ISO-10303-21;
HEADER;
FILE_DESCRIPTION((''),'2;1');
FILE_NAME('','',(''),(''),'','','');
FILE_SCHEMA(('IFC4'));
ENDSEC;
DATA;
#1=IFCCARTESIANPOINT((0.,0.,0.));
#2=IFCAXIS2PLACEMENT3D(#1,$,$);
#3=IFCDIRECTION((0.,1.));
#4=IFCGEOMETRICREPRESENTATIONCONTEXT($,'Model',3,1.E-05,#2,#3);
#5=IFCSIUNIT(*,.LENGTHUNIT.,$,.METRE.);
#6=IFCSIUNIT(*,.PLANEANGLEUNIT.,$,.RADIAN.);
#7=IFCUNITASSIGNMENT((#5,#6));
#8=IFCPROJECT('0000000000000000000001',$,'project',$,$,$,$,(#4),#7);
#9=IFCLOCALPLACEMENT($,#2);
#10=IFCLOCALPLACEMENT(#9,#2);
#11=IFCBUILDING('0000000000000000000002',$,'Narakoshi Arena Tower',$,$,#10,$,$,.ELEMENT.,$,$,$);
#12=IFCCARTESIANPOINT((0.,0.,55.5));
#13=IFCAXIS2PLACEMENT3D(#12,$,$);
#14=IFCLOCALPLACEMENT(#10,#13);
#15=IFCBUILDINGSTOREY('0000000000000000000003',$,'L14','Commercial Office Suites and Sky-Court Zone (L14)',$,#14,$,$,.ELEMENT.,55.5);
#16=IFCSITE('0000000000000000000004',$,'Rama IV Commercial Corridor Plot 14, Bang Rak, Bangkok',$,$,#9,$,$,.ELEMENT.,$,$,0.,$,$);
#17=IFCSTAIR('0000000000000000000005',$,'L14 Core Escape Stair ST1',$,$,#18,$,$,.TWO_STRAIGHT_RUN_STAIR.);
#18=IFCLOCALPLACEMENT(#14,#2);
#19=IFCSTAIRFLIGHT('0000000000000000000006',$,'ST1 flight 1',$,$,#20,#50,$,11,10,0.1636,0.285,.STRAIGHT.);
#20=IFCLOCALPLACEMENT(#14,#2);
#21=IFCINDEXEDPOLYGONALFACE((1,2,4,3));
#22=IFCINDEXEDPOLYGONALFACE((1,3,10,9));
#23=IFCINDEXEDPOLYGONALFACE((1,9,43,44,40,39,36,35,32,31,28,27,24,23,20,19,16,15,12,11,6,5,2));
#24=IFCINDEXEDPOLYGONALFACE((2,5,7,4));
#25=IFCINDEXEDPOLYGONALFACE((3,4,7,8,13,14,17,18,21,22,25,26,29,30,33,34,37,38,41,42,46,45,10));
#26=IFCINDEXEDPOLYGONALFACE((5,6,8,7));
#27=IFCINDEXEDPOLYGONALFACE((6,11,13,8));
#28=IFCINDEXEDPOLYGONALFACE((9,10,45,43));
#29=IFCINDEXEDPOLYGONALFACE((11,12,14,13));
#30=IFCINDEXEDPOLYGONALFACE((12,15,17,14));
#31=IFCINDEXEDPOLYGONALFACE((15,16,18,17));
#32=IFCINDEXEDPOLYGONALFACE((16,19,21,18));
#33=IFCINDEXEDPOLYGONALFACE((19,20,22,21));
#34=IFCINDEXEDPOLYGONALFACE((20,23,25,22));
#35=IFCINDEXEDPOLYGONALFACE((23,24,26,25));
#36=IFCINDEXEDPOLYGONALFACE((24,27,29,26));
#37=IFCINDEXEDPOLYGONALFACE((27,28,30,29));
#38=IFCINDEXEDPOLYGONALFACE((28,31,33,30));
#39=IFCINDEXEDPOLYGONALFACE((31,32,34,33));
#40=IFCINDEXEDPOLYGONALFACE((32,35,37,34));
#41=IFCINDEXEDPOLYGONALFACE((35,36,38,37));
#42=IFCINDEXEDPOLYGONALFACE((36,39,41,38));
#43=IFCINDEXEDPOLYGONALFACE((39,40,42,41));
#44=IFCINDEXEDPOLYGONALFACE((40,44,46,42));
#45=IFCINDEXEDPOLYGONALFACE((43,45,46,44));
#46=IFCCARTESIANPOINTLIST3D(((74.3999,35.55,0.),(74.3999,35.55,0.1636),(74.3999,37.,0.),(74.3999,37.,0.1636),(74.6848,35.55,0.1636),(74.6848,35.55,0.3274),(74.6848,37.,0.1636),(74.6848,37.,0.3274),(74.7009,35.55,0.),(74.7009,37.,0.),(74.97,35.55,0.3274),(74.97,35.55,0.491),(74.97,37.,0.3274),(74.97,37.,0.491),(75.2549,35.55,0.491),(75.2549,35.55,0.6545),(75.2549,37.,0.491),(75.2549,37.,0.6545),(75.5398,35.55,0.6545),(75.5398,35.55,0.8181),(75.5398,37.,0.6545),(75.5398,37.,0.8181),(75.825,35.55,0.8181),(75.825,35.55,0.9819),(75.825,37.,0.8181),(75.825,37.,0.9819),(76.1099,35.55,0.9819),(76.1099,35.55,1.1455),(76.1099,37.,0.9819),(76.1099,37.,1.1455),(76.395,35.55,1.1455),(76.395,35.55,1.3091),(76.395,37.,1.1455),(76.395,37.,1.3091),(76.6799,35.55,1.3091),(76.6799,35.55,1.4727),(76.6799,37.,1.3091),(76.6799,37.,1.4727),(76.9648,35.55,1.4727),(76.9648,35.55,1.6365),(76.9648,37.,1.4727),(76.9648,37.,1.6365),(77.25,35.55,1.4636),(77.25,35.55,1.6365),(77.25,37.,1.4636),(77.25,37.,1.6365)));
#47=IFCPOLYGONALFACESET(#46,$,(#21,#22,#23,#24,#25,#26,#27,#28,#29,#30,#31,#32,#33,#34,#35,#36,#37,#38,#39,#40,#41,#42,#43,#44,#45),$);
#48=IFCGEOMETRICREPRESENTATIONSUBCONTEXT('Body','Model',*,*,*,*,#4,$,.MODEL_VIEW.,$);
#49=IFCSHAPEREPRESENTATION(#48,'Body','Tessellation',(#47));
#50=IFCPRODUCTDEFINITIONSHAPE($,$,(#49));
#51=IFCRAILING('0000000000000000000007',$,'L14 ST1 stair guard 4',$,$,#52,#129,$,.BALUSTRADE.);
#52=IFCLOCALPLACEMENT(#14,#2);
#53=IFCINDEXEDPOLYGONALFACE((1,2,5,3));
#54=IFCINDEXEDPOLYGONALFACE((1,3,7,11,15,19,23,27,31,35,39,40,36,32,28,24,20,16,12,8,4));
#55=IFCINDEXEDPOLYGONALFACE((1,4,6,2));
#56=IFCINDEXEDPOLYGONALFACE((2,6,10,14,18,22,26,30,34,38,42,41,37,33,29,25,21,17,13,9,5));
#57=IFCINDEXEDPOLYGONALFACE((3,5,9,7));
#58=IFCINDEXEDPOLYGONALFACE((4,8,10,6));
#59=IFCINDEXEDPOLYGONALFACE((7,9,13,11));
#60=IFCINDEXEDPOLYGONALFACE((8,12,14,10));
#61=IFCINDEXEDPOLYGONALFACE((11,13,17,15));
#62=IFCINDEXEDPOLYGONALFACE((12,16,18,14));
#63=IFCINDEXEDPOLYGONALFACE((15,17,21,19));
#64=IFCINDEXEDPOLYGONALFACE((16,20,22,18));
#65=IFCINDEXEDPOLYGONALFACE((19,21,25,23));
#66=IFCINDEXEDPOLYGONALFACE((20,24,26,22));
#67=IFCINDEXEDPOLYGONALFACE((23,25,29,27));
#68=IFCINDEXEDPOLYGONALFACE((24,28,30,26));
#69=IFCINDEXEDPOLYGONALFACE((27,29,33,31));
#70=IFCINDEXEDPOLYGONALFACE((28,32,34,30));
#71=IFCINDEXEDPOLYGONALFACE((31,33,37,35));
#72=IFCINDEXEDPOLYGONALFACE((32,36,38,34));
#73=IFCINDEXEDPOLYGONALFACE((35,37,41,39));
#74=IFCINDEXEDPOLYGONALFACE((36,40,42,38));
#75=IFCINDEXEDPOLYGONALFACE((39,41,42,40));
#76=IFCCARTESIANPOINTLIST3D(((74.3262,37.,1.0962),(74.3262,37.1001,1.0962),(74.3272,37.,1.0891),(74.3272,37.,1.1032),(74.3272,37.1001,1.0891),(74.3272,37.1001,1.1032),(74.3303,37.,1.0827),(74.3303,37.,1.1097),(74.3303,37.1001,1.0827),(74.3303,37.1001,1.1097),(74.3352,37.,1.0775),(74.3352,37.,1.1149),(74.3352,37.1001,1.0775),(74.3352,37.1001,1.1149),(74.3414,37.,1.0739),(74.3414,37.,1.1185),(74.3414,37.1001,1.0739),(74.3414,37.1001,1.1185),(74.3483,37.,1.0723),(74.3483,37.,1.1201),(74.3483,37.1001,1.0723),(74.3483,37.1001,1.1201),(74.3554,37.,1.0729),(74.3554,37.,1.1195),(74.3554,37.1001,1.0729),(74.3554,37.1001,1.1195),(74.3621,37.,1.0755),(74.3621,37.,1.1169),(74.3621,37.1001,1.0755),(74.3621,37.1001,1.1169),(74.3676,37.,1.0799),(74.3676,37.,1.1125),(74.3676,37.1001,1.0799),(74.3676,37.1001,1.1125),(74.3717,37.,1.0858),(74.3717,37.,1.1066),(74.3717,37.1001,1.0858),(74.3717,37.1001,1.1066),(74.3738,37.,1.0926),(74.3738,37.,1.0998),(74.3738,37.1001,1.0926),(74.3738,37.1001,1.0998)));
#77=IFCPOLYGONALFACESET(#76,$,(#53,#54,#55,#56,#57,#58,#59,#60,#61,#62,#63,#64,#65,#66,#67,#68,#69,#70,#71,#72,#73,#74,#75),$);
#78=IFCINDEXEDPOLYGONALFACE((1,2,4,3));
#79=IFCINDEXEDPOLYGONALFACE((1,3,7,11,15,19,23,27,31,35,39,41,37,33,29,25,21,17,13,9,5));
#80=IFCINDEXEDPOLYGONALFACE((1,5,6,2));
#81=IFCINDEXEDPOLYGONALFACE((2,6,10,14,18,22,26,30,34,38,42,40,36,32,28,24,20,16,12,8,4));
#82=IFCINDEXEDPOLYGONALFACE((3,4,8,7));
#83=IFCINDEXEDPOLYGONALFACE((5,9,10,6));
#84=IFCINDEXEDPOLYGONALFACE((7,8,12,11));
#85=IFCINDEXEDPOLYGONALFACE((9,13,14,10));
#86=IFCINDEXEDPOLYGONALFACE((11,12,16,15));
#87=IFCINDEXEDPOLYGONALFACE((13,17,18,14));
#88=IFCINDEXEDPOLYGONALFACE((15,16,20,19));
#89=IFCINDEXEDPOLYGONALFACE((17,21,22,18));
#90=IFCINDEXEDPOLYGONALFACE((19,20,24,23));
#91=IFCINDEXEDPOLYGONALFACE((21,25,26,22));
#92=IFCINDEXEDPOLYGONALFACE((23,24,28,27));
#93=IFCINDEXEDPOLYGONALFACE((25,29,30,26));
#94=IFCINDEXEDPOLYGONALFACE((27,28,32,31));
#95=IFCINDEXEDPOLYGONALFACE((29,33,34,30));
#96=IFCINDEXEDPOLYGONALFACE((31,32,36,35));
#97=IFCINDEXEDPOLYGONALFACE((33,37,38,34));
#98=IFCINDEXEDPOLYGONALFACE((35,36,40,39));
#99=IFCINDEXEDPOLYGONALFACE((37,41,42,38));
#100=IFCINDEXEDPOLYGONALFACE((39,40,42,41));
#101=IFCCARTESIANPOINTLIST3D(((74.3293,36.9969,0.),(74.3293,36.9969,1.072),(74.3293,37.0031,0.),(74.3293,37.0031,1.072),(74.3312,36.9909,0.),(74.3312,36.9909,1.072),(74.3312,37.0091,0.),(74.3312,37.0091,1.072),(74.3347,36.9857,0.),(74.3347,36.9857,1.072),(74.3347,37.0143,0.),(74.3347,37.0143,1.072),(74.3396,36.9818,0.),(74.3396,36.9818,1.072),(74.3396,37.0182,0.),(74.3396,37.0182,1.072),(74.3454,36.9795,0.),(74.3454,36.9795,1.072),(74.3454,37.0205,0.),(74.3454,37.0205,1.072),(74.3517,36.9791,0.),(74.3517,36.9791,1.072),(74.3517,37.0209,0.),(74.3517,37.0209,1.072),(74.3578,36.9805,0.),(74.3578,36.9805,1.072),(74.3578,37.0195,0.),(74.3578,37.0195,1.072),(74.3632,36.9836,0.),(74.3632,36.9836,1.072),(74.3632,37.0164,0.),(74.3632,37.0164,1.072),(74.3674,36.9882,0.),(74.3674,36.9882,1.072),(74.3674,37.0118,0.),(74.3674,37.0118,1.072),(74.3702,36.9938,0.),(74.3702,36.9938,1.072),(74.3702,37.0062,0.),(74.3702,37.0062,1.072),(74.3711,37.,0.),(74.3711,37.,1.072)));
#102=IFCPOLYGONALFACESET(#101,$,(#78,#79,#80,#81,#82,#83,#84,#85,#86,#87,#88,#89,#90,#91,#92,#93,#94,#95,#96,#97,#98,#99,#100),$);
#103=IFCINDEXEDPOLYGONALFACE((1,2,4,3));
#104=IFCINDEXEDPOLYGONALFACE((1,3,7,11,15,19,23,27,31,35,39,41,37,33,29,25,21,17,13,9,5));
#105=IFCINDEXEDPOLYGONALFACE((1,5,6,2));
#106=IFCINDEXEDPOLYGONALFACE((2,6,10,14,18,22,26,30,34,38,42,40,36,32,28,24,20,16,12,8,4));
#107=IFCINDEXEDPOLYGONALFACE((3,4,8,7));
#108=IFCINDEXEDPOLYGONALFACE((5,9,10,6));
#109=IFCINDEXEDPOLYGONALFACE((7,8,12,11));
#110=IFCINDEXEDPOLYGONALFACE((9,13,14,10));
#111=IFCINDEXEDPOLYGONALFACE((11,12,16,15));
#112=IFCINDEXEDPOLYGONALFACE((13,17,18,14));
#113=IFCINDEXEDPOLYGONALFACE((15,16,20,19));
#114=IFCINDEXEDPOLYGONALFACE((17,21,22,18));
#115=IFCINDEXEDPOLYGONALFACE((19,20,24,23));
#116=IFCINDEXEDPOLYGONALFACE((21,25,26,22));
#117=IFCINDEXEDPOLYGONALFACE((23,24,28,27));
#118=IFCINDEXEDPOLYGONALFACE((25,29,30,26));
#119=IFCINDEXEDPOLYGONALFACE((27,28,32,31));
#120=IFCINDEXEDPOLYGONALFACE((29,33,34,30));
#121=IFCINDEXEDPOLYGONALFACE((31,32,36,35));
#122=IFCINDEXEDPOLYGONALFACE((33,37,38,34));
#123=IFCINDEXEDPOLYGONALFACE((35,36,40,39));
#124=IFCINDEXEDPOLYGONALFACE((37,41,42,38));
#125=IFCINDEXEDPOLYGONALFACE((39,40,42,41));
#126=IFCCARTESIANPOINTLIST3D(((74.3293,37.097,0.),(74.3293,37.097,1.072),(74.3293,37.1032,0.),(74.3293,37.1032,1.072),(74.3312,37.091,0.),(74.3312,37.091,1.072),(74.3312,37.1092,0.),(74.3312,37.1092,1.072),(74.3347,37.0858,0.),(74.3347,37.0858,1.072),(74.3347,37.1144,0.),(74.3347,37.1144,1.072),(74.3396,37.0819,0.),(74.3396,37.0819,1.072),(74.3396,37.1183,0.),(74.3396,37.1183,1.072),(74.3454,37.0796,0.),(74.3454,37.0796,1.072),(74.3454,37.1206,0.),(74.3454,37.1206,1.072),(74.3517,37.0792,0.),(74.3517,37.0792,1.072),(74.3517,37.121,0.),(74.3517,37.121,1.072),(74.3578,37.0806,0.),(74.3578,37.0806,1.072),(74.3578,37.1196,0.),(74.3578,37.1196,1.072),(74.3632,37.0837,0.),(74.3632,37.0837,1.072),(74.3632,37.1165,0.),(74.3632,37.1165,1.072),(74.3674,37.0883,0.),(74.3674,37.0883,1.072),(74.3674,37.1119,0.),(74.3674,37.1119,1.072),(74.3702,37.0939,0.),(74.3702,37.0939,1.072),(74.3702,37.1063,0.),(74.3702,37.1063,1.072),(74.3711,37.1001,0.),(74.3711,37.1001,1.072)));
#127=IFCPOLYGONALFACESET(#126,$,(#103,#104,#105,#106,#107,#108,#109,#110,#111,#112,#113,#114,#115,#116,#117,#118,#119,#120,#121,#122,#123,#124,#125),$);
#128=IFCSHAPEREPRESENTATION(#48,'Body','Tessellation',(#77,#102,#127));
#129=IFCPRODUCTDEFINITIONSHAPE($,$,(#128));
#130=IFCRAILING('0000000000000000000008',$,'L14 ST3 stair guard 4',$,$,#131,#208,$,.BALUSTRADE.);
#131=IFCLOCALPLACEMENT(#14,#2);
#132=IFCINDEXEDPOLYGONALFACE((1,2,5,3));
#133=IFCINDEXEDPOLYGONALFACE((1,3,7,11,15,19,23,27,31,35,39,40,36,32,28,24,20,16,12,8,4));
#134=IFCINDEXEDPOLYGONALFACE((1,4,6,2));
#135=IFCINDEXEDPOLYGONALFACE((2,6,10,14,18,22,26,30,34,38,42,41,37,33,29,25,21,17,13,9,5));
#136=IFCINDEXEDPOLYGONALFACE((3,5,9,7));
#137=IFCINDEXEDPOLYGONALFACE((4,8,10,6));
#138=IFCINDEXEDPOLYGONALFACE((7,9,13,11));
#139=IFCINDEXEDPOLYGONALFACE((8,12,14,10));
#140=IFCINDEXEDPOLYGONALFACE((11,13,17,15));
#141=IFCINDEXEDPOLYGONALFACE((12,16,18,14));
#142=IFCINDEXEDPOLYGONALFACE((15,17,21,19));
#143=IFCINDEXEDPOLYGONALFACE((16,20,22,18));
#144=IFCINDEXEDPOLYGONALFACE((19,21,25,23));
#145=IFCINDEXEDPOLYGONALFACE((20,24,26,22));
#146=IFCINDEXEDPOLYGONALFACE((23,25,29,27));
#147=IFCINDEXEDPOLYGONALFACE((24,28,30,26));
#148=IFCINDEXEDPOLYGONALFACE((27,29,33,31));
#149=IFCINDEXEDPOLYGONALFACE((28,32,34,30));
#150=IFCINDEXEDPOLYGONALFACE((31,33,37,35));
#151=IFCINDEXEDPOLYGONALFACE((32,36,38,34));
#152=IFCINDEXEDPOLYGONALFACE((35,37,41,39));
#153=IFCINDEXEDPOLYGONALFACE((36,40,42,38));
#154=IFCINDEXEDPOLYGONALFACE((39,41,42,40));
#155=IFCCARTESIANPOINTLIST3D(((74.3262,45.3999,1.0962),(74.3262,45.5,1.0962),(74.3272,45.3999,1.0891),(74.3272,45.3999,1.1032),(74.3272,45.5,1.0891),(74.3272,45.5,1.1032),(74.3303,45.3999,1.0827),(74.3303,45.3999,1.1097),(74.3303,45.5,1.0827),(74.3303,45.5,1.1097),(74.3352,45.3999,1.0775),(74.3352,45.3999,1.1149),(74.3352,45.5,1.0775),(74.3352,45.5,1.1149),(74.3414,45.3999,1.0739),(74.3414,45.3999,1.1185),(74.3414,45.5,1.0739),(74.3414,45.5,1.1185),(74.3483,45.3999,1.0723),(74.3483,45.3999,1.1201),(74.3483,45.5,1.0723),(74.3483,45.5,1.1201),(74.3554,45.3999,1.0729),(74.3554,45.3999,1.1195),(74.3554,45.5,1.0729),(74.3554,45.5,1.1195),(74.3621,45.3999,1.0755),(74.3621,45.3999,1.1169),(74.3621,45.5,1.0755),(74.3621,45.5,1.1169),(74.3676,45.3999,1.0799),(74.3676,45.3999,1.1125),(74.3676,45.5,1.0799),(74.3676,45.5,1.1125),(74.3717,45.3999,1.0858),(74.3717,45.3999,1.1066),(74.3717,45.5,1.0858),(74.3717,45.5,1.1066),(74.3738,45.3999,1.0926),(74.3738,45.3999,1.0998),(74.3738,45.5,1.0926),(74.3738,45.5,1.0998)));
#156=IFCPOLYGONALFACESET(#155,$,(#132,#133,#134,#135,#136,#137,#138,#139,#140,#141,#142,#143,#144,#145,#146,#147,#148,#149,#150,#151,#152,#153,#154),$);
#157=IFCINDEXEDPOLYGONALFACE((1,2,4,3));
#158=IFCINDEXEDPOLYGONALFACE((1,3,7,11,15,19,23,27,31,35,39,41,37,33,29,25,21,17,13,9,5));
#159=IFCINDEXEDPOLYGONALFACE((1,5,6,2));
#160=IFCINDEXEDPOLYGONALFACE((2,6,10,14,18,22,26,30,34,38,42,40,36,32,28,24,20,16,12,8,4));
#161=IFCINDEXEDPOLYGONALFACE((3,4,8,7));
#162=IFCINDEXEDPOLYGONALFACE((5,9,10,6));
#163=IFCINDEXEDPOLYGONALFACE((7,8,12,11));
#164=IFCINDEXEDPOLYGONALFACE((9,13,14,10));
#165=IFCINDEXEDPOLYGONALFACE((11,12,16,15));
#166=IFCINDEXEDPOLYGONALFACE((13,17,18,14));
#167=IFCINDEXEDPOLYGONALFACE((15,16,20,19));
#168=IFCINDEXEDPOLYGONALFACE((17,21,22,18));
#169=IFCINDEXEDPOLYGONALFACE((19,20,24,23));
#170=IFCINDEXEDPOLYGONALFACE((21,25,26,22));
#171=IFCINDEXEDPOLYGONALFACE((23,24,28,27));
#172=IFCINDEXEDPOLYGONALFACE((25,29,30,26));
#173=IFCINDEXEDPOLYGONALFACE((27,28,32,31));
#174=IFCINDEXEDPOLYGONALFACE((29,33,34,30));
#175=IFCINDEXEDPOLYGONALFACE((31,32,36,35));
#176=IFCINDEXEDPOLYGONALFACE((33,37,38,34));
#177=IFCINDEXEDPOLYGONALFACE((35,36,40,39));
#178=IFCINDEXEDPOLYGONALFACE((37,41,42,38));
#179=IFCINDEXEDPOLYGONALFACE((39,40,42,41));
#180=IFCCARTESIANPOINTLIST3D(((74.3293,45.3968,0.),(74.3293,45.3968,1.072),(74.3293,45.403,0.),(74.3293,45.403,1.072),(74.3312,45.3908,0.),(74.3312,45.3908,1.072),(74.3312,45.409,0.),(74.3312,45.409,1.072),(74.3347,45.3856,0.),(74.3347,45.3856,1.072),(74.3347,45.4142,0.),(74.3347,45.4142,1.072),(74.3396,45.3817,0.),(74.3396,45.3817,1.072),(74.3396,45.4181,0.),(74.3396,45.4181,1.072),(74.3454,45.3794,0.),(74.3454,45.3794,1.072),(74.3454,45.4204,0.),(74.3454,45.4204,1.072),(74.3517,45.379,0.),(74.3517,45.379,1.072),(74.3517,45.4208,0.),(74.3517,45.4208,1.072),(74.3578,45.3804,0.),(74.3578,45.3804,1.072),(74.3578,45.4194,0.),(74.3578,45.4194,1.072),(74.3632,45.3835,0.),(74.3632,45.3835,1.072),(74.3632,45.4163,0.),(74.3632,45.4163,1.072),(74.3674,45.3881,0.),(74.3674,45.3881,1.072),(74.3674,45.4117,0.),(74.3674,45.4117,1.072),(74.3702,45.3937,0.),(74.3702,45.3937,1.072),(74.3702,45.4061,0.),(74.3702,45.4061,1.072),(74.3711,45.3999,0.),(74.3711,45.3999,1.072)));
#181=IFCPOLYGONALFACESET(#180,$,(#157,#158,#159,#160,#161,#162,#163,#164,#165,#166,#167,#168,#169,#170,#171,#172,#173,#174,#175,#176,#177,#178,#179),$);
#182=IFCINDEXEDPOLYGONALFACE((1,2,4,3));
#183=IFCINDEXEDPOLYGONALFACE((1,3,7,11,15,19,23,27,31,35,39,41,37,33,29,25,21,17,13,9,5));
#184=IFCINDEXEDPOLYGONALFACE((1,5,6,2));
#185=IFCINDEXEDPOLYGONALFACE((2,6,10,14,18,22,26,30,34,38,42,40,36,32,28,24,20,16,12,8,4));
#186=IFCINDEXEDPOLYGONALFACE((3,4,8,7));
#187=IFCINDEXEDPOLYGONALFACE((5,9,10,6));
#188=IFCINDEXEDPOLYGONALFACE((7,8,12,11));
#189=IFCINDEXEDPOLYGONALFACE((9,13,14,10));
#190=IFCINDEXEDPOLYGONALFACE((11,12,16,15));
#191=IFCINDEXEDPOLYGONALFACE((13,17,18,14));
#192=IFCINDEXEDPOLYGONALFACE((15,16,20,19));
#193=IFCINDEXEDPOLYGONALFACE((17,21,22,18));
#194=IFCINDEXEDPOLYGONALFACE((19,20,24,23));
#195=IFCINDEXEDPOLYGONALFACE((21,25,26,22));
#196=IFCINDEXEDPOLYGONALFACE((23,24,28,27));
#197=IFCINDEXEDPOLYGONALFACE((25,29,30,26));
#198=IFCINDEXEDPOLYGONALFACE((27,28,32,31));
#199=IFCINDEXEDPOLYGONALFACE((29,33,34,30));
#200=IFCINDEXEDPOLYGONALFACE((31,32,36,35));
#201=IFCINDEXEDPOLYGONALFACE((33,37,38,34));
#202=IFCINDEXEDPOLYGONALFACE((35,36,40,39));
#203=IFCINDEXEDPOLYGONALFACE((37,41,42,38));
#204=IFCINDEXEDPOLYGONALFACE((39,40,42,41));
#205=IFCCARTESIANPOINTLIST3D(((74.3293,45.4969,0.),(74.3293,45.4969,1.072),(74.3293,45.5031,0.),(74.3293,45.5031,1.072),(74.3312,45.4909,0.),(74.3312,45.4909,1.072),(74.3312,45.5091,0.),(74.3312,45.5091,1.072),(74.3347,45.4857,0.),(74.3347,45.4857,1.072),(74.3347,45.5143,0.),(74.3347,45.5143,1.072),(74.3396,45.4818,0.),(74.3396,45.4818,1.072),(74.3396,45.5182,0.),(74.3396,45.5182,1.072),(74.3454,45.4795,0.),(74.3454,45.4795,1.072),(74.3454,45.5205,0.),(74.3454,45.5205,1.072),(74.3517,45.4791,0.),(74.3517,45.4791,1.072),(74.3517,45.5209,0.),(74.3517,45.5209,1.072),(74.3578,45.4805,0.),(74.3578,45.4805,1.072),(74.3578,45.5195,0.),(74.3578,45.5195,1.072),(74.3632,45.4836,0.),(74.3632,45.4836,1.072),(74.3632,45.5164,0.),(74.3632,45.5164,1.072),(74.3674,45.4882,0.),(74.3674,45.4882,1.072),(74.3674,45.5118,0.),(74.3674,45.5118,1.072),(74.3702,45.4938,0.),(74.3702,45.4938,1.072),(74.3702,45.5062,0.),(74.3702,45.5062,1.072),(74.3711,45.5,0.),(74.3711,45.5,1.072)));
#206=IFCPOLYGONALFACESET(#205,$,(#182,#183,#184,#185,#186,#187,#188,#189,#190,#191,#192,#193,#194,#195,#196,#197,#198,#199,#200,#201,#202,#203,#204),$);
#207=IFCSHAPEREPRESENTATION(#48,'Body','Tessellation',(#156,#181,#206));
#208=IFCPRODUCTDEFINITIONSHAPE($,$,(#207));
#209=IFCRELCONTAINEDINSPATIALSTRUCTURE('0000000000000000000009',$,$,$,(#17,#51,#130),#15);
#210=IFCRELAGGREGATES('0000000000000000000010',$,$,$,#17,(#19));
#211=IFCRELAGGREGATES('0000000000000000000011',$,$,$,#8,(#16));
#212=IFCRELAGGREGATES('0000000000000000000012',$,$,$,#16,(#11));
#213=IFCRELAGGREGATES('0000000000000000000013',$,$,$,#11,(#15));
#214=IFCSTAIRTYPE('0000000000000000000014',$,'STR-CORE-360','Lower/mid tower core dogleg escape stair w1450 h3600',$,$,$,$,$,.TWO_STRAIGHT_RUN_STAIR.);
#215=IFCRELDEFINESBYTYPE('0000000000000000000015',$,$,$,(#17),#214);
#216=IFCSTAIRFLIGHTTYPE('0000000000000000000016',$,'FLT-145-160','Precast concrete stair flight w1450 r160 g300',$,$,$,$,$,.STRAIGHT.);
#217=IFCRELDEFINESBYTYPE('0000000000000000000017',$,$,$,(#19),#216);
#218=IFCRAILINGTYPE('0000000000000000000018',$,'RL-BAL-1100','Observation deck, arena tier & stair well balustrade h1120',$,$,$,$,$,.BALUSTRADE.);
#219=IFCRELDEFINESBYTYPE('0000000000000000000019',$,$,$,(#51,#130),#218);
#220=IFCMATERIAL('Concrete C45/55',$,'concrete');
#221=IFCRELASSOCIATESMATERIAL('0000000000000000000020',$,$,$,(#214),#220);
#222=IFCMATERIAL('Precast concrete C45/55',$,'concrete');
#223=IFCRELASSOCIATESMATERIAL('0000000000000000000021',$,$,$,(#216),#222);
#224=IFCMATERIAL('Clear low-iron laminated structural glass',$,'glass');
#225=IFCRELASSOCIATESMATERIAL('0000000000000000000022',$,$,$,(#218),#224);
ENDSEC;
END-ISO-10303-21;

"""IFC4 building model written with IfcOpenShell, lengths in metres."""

from ifc_helpers import new_model, si_unit, direction, frame, origin, origin_2d, place, context, subcontext, project, spatial, polyline, circle, outline, extrude, material, type_object, element, aggregate, save


model = new_model("IFC4")

# Units and contexts
model_context = context("Model", 3, precision=1e-05, world=origin(), true_north=direction((0.0, 1.0)))
body_context = subcontext(model_context, "Body", "Model", "MODEL_VIEW")
ifc_project = project(units=[si_unit("LENGTHUNIT", "METRE"), si_unit("PLANEANGLEUNIT", "RADIAN")], contexts=[model_context])

# Site, building, storey
site_placement = place(None, origin())
site = spatial("IfcSite", under=ifc_project, at=site_placement, Name="Rama IV Commercial Corridor Plot 14, Bang Rak, Bangkok", CompositionType="ELEMENT", RefElevation=0.0)
building_placement = place(site_placement, origin())
building = spatial("IfcBuilding", under=site, at=building_placement, Name="Narakoshi Arena Tower", CompositionType="ELEMENT")
storey_placement = place(building_placement, frame((0.0, 0.0, 55.5)))
storey = spatial("IfcBuildingStorey", under=building, at=storey_placement, Name="L14", Description="Commercial Office Suites and Sky-Court Zone (L14)", CompositionType="ELEMENT", Elevation=55.5)

# Stair, stair flight
ifc_material_1 = material(Name="Concrete C45/55", Category="concrete")
stair_type = type_object("IfcStairType", Name="STR-CORE-360", Description="Lower/mid tower core dogleg escape stair w1450 h3600", PredefinedType="TWO_STRAIGHT_RUN_STAIR", material=ifc_material_1)
stair_placement = place(storey_placement, origin())
stair = element("IfcStair", 1, at=stair_placement, inside=storey, type_object=stair_type, Name="L14 Core Escape Stair ST1", PredefinedType="TWO_STRAIGHT_RUN_STAIR")
ifc_material_2 = material(Name="Precast concrete C45/55", Category="concrete")
stair_flight_type = type_object("IfcStairFlightType", Name="FLT-145-160", Description="Precast concrete stair flight w1450 r160 g300", PredefinedType="STRAIGHT", material=ifc_material_2)
stair_flight_placement = place(storey_placement, frame((74.3999, 36.2749, 0.0), z_axis=(0.0, 0.0, 1.0), x_axis=(1.0, 0.0, 0.0)))
stair_flight = element("IfcStairFlight", 2, at=stair_flight_placement, type_object=stair_flight_type, Name="ST1 flight 1", NumberOfRisers=11, NumberOfTreads=10, PredefinedType="STRAIGHT", RiserHeight=0.1636, TreadLength=0.285, context=body_context, shape_type="SweptSolid", body=[
    extrude(outline(polyline([(0.0, 0.0), (0.0, 0.1636), (0.2849, 0.1636), (0.2849, 0.3274), (0.5701, 0.3274), (0.5701, 0.491), (0.855, 0.491), (0.855, 0.6545), (1.1399, 0.6545), (1.1399, 0.8181), (1.425, 0.8181), (1.425, 0.9819), (1.71, 0.9819), (1.71, 1.1455), (1.9951, 1.1455), (1.9951, 1.3091), (2.28, 1.3091), (2.28, 1.4727), (2.5649, 1.4727), (2.5649, 1.6365), (2.8501, 1.6365), (2.8501, 1.8), (2.8501, 1.4636), (0.301, 0.0), (0.0, 0.0)])), frame((0.0, 0.7251, 0.0), z_axis=(0.0, -1.0, 0.0), x_axis=(1.0, 0.0, 0.0)), (0.0, 0.0, 1.0), 1.45),
])
aggregate(stair, [stair_flight])

# Railings
ifc_material_3 = material(Name="Clear low-iron laminated structural glass", Category="glass")
railing_type_1 = type_object("IfcRailingType", Name="RL-BAL-1100", Description="Observation deck, arena tier & stair well balustrade h1120", PredefinedType="BALUSTRADE", material=ifc_material_3)
for number, where, name in (
    (3, (74.3501, 37.0, 0.0), "L14 ST1 stair guard 4"),
    (4, (74.3501, 45.3999, 0.0), "L14 ST3 stair guard 4"),
):
    element("IfcRailing", number, at=place(storey_placement, frame(where)), inside=storey, type_object=railing_type_1, Name=name, PredefinedType="BALUSTRADE", context=body_context, shape_type="SweptSolid", body=[
        extrude(circle(Radius=0.0239, at=origin_2d()), frame((0.0, 0.0, 1.0962), z_axis=(0.0, 1.0, 0.0), x_axis=(-1.0, 0.0, 0.0)), (0.0, 0.0, 1.0), 0.1001),
        extrude(circle(Radius=0.021, at=origin_2d()), origin(), (0.0, 0.0, 1.0), 1.072),
        extrude(circle(Radius=0.021, at=origin_2d()), frame((0.0, 0.1001, 0.0)), (0.0, 0.0, 1.0), 1.072),
    ])

save(model, "model.ifc")
